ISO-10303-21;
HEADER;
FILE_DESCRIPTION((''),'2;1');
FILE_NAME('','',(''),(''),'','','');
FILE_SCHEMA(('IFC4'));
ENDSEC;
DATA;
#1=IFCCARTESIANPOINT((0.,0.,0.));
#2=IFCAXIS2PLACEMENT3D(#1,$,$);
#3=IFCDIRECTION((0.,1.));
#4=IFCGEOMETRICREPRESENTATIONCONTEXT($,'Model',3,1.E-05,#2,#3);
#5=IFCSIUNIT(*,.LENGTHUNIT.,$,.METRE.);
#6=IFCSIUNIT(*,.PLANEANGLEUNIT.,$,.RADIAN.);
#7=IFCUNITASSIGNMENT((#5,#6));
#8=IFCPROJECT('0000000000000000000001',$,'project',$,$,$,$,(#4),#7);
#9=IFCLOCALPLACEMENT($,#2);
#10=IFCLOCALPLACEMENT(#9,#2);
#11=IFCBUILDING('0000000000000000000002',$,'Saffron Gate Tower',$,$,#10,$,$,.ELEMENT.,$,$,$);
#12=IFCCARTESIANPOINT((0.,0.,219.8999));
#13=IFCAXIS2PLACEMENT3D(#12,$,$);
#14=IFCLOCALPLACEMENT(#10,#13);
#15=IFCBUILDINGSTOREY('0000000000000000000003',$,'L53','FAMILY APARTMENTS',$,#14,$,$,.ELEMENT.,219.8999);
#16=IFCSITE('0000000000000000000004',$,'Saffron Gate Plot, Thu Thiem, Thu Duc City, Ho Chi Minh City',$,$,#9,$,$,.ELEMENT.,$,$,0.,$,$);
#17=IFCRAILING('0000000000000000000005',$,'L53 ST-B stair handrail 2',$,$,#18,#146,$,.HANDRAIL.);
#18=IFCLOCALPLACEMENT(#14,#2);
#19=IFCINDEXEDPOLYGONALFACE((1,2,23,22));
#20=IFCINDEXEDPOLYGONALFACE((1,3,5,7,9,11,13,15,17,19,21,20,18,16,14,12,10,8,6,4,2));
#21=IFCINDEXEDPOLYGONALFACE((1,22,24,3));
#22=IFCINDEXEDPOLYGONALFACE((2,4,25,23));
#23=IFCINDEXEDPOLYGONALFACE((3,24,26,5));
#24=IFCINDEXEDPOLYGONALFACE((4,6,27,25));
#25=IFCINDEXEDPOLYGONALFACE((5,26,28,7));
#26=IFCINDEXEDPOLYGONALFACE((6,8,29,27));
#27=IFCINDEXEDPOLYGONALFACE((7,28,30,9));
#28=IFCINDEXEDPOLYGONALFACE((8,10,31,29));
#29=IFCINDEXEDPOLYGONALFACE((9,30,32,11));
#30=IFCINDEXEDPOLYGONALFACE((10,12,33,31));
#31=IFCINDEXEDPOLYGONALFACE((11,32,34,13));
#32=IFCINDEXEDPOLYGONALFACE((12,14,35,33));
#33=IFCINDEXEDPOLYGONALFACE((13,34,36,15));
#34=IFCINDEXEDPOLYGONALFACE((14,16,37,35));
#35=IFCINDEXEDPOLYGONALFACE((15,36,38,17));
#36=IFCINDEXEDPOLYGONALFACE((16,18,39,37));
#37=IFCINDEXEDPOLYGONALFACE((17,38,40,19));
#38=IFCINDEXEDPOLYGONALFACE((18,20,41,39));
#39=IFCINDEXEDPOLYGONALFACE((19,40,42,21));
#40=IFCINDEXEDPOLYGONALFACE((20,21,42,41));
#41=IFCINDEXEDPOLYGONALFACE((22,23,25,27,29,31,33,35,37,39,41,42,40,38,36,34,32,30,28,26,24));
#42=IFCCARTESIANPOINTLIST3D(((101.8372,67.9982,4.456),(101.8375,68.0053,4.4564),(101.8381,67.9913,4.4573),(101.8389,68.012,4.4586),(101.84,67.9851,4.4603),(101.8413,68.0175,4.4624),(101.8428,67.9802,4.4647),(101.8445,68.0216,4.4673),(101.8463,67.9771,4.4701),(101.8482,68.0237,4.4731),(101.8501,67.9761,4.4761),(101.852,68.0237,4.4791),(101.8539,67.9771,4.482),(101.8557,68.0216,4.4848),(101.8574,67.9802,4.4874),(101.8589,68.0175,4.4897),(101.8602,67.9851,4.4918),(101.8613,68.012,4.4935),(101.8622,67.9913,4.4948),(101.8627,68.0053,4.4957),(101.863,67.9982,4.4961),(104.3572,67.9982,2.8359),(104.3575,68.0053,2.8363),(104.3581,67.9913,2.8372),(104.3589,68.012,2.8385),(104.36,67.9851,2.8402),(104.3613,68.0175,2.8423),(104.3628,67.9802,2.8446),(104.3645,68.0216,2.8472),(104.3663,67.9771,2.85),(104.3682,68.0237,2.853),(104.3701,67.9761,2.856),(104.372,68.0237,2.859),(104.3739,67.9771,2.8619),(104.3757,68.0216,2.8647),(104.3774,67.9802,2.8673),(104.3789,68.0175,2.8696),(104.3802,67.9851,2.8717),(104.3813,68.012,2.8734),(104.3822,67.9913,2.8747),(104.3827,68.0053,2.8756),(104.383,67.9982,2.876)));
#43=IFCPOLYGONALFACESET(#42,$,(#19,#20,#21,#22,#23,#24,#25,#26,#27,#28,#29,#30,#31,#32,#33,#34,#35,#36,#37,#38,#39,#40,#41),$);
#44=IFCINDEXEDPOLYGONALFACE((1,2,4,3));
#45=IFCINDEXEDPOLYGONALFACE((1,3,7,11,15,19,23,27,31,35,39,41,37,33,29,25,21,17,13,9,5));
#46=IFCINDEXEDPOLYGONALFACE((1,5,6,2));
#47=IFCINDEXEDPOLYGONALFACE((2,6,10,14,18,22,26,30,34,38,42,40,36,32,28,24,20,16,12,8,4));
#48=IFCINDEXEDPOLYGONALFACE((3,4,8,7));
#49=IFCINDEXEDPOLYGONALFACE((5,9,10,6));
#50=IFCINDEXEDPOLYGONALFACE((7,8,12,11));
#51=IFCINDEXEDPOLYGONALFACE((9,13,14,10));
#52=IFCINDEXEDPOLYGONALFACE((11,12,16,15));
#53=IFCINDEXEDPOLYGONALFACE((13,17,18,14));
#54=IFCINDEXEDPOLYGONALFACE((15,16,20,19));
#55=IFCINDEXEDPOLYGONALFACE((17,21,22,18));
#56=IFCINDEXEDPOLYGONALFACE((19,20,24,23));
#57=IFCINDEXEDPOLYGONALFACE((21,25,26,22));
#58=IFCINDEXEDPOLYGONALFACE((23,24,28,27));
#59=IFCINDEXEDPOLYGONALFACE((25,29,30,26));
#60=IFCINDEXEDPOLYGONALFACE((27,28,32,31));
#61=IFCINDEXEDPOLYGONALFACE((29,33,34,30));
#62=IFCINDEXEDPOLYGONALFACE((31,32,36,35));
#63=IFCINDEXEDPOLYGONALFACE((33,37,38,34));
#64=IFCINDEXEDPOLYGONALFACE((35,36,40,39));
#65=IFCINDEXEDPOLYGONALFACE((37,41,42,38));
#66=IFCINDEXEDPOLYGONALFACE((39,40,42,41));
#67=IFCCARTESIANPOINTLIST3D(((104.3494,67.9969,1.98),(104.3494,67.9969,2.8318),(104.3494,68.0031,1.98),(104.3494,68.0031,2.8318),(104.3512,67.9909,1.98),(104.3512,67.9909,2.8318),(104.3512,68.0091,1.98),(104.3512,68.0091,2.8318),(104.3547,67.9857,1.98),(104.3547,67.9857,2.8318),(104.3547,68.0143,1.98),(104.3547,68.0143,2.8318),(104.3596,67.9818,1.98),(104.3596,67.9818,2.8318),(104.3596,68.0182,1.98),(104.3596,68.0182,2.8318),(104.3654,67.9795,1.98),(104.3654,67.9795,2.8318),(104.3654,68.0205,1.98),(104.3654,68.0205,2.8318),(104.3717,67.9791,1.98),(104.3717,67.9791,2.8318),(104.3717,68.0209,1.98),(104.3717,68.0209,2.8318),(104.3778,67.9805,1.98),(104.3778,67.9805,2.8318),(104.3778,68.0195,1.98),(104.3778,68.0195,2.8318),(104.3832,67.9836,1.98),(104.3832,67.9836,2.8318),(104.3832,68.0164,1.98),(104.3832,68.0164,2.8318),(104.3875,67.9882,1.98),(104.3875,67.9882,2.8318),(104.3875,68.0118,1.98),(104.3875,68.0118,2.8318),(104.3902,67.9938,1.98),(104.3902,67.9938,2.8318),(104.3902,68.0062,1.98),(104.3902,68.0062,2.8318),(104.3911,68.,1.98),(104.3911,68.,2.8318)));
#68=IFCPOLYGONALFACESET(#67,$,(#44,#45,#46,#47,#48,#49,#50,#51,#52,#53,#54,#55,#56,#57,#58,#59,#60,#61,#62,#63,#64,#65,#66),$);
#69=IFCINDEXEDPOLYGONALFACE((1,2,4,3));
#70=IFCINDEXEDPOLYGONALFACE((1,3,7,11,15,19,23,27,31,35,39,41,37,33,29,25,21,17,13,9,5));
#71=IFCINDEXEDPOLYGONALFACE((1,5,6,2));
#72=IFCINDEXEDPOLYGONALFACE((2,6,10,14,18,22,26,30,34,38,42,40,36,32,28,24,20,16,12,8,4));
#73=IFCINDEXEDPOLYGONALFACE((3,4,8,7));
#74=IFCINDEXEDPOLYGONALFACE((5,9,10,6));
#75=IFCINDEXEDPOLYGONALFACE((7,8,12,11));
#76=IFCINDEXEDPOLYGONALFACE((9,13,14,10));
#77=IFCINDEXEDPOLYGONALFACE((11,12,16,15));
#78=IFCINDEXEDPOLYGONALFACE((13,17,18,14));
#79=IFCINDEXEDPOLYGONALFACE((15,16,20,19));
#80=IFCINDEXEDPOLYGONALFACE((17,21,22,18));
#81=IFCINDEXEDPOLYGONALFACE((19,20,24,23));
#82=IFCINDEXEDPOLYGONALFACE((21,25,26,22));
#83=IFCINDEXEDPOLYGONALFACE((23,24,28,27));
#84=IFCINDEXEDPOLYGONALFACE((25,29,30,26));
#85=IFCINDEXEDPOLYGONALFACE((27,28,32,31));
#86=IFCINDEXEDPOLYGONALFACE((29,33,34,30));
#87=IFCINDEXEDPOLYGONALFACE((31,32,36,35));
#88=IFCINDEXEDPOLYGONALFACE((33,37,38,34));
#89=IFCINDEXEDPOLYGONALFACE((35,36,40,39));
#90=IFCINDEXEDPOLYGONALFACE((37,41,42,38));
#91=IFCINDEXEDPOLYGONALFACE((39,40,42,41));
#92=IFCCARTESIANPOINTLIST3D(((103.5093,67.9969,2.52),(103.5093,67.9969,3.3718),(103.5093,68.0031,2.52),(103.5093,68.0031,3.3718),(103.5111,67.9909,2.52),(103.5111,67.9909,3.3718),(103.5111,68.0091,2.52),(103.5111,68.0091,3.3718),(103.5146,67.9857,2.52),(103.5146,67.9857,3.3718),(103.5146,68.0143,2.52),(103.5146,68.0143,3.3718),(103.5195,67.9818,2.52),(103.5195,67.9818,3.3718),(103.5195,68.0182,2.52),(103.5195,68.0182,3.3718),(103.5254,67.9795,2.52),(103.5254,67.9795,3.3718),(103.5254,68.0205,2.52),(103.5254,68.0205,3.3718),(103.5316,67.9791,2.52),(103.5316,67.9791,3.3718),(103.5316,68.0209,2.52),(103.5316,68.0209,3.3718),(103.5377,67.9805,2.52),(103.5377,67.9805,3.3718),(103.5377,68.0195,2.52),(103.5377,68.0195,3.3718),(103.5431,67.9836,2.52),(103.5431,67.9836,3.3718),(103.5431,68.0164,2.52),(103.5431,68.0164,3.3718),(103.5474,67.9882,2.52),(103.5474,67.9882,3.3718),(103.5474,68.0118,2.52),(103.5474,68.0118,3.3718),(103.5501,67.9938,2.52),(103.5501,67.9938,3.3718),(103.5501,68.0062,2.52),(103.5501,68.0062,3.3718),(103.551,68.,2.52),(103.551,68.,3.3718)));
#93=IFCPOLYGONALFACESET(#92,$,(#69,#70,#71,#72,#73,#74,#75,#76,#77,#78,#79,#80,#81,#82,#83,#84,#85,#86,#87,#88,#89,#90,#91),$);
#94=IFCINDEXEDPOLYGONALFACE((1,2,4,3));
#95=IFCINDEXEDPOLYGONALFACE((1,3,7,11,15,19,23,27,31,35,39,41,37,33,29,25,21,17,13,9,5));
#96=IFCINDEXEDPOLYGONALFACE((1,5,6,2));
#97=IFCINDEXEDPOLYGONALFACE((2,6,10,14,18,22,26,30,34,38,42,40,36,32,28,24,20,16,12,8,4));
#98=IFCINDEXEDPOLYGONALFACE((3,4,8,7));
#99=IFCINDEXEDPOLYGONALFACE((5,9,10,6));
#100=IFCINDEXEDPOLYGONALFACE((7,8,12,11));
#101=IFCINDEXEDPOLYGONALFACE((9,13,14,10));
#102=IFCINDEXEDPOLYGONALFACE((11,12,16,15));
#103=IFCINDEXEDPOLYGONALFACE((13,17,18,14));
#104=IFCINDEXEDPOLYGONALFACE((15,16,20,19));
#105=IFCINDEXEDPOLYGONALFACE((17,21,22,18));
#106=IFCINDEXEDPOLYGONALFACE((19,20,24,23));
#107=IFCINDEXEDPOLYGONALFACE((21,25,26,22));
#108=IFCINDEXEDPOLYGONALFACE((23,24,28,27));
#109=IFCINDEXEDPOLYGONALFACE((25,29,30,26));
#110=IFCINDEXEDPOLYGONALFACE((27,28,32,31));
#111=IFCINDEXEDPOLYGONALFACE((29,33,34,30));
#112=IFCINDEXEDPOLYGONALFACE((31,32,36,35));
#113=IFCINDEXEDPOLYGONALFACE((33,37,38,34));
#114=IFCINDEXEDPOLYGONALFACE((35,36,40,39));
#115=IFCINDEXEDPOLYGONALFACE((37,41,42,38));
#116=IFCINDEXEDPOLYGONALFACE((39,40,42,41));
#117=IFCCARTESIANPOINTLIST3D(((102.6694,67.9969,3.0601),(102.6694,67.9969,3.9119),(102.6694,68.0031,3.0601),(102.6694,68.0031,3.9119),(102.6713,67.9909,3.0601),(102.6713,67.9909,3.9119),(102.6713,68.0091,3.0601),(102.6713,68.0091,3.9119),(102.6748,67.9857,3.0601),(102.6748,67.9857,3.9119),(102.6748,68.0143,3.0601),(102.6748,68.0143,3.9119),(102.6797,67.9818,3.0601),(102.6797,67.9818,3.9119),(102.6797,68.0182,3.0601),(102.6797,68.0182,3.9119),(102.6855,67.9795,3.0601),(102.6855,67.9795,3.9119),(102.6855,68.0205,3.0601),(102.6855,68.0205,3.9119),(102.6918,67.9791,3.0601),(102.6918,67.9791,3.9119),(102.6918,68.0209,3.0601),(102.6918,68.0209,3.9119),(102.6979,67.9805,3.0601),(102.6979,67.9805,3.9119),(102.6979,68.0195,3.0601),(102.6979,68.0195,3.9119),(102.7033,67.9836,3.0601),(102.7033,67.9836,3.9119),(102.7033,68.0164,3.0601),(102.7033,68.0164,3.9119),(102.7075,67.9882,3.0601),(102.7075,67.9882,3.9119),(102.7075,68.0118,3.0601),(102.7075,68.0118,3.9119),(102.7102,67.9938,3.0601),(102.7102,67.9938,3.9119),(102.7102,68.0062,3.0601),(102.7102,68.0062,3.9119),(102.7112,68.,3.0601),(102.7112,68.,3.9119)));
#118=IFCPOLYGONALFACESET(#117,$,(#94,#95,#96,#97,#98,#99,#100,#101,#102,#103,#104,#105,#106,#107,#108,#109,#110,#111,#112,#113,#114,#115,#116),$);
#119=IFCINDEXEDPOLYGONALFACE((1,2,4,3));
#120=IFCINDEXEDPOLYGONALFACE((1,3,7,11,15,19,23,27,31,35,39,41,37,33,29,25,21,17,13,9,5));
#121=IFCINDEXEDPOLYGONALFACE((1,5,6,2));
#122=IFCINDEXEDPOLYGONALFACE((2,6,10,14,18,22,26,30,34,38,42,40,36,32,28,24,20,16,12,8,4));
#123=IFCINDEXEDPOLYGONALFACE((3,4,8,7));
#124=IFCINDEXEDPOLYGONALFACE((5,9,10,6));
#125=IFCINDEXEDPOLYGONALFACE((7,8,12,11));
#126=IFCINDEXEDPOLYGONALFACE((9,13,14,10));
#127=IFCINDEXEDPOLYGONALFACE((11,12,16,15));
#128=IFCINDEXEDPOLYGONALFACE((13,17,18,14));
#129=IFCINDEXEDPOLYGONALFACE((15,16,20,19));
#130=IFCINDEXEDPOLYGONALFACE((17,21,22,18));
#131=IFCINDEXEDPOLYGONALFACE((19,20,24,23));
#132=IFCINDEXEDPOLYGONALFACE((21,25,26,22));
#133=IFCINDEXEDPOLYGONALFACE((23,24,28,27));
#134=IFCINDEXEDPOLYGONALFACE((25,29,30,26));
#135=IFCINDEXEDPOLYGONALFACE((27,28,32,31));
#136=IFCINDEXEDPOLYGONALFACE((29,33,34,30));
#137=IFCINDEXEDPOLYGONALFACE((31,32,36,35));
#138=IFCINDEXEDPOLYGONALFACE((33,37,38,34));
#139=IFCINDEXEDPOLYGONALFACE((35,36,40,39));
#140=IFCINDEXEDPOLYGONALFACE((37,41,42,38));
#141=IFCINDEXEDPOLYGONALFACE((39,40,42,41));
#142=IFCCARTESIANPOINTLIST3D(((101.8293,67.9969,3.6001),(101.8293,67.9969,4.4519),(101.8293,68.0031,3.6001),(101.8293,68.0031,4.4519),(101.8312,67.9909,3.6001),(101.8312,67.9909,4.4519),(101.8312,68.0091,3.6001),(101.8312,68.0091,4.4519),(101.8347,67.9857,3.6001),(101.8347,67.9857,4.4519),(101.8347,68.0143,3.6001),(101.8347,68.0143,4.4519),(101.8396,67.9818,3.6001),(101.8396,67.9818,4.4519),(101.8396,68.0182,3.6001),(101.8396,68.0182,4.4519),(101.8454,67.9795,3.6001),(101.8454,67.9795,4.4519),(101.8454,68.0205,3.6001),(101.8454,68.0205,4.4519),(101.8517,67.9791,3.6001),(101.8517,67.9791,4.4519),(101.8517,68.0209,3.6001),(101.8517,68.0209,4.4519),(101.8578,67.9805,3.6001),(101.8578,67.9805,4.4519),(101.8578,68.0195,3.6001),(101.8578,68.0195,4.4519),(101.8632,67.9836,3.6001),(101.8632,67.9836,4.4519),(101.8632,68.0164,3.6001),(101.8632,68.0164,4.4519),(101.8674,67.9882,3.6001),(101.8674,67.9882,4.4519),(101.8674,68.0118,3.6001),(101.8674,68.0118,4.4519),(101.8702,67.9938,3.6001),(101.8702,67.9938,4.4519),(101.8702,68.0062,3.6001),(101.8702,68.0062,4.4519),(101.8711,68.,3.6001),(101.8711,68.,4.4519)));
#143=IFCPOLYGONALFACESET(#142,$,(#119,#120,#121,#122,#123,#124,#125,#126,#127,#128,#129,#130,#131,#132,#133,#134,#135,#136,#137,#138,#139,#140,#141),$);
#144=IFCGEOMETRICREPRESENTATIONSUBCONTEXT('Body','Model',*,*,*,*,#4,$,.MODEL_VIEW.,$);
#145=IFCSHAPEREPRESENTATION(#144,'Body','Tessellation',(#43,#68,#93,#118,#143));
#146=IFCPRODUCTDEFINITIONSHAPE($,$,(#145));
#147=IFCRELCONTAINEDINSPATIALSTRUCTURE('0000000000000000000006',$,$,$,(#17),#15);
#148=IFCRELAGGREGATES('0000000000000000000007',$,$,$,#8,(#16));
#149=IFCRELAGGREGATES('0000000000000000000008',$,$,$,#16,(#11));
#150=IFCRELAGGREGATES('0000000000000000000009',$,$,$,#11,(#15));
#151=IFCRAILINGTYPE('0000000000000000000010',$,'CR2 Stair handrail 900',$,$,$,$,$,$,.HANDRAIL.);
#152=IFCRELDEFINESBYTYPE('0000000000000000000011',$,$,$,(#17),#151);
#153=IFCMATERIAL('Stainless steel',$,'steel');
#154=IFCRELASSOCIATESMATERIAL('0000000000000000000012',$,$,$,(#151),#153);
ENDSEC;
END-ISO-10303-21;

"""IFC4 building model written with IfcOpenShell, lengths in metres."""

from ifc_helpers import new_model, si_unit, direction, frame, origin, origin_2d, place, context, subcontext, project, spatial, circle, extrude, material, type_object, element, save


model = new_model("IFC4")

# Units and contexts
model_context = context("Model", 3, precision=1e-05, world=origin(), true_north=direction((0.0, 1.0)))
body_context = subcontext(model_context, "Body", "Model", "MODEL_VIEW")
ifc_project = project(units=[si_unit("LENGTHUNIT", "METRE"), si_unit("PLANEANGLEUNIT", "RADIAN")], contexts=[model_context])

# Site, building, storey
site_placement = place(None, origin())
site = spatial("IfcSite", under=ifc_project, at=site_placement, Name="Saffron Gate Plot, Thu Thiem, Thu Duc City, Ho Chi Minh City", CompositionType="ELEMENT", RefElevation=0.0)
building_placement = place(site_placement, origin())
building = spatial("IfcBuilding", under=site, at=building_placement, Name="Saffron Gate Tower", CompositionType="ELEMENT")
storey_placement = place(building_placement, frame((0.0, 0.0, 219.8999)))
storey = spatial("IfcBuildingStorey", under=building, at=storey_placement, Name="L53", Description="FAMILY APARTMENTS", CompositionType="ELEMENT", Elevation=219.8999)

# Railing
ifc_material_1 = material(Name="Stainless steel", Category="steel")
railing_type_1 = type_object("IfcRailingType", Name="CR2 Stair handrail 900", PredefinedType="HANDRAIL", material=ifc_material_1)
railing_1_placement = place(storey_placement, frame((104.3701, 68.0, 1.98)))
element("IfcRailing", 1, at=railing_1_placement, inside=storey, type_object=railing_type_1, Name="L53 ST-B stair handrail 2", PredefinedType="HANDRAIL", context=body_context, shape_type="SweptSolid", body=[
    extrude(circle(Radius=0.0239, at=origin_2d()), frame((0.0, 0.0, 0.876), z_axis=(-0.841163, 0.0, 0.540782), x_axis=(0.0, -1.0, 0.0)), (0.0, 0.0, 1.0), 2.9958),
    extrude(circle(Radius=0.021, at=origin_2d()), origin(), (0.0, 0.0, 1.0), 0.8518),
    extrude(circle(Radius=0.021, at=origin_2d()), frame((-0.8401, 0.0, 0.54)), (0.0, 0.0, 1.0), 0.8518),
    extrude(circle(Radius=0.021, at=origin_2d()), frame((-1.6799, 0.0, 1.0801)), (0.0, 0.0, 1.0), 0.8518),
    extrude(circle(Radius=0.021, at=origin_2d()), frame((-2.52, 0.0, 1.6201)), (0.0, 0.0, 1.0), 0.8518),
])

save(model, "model.ifc")
